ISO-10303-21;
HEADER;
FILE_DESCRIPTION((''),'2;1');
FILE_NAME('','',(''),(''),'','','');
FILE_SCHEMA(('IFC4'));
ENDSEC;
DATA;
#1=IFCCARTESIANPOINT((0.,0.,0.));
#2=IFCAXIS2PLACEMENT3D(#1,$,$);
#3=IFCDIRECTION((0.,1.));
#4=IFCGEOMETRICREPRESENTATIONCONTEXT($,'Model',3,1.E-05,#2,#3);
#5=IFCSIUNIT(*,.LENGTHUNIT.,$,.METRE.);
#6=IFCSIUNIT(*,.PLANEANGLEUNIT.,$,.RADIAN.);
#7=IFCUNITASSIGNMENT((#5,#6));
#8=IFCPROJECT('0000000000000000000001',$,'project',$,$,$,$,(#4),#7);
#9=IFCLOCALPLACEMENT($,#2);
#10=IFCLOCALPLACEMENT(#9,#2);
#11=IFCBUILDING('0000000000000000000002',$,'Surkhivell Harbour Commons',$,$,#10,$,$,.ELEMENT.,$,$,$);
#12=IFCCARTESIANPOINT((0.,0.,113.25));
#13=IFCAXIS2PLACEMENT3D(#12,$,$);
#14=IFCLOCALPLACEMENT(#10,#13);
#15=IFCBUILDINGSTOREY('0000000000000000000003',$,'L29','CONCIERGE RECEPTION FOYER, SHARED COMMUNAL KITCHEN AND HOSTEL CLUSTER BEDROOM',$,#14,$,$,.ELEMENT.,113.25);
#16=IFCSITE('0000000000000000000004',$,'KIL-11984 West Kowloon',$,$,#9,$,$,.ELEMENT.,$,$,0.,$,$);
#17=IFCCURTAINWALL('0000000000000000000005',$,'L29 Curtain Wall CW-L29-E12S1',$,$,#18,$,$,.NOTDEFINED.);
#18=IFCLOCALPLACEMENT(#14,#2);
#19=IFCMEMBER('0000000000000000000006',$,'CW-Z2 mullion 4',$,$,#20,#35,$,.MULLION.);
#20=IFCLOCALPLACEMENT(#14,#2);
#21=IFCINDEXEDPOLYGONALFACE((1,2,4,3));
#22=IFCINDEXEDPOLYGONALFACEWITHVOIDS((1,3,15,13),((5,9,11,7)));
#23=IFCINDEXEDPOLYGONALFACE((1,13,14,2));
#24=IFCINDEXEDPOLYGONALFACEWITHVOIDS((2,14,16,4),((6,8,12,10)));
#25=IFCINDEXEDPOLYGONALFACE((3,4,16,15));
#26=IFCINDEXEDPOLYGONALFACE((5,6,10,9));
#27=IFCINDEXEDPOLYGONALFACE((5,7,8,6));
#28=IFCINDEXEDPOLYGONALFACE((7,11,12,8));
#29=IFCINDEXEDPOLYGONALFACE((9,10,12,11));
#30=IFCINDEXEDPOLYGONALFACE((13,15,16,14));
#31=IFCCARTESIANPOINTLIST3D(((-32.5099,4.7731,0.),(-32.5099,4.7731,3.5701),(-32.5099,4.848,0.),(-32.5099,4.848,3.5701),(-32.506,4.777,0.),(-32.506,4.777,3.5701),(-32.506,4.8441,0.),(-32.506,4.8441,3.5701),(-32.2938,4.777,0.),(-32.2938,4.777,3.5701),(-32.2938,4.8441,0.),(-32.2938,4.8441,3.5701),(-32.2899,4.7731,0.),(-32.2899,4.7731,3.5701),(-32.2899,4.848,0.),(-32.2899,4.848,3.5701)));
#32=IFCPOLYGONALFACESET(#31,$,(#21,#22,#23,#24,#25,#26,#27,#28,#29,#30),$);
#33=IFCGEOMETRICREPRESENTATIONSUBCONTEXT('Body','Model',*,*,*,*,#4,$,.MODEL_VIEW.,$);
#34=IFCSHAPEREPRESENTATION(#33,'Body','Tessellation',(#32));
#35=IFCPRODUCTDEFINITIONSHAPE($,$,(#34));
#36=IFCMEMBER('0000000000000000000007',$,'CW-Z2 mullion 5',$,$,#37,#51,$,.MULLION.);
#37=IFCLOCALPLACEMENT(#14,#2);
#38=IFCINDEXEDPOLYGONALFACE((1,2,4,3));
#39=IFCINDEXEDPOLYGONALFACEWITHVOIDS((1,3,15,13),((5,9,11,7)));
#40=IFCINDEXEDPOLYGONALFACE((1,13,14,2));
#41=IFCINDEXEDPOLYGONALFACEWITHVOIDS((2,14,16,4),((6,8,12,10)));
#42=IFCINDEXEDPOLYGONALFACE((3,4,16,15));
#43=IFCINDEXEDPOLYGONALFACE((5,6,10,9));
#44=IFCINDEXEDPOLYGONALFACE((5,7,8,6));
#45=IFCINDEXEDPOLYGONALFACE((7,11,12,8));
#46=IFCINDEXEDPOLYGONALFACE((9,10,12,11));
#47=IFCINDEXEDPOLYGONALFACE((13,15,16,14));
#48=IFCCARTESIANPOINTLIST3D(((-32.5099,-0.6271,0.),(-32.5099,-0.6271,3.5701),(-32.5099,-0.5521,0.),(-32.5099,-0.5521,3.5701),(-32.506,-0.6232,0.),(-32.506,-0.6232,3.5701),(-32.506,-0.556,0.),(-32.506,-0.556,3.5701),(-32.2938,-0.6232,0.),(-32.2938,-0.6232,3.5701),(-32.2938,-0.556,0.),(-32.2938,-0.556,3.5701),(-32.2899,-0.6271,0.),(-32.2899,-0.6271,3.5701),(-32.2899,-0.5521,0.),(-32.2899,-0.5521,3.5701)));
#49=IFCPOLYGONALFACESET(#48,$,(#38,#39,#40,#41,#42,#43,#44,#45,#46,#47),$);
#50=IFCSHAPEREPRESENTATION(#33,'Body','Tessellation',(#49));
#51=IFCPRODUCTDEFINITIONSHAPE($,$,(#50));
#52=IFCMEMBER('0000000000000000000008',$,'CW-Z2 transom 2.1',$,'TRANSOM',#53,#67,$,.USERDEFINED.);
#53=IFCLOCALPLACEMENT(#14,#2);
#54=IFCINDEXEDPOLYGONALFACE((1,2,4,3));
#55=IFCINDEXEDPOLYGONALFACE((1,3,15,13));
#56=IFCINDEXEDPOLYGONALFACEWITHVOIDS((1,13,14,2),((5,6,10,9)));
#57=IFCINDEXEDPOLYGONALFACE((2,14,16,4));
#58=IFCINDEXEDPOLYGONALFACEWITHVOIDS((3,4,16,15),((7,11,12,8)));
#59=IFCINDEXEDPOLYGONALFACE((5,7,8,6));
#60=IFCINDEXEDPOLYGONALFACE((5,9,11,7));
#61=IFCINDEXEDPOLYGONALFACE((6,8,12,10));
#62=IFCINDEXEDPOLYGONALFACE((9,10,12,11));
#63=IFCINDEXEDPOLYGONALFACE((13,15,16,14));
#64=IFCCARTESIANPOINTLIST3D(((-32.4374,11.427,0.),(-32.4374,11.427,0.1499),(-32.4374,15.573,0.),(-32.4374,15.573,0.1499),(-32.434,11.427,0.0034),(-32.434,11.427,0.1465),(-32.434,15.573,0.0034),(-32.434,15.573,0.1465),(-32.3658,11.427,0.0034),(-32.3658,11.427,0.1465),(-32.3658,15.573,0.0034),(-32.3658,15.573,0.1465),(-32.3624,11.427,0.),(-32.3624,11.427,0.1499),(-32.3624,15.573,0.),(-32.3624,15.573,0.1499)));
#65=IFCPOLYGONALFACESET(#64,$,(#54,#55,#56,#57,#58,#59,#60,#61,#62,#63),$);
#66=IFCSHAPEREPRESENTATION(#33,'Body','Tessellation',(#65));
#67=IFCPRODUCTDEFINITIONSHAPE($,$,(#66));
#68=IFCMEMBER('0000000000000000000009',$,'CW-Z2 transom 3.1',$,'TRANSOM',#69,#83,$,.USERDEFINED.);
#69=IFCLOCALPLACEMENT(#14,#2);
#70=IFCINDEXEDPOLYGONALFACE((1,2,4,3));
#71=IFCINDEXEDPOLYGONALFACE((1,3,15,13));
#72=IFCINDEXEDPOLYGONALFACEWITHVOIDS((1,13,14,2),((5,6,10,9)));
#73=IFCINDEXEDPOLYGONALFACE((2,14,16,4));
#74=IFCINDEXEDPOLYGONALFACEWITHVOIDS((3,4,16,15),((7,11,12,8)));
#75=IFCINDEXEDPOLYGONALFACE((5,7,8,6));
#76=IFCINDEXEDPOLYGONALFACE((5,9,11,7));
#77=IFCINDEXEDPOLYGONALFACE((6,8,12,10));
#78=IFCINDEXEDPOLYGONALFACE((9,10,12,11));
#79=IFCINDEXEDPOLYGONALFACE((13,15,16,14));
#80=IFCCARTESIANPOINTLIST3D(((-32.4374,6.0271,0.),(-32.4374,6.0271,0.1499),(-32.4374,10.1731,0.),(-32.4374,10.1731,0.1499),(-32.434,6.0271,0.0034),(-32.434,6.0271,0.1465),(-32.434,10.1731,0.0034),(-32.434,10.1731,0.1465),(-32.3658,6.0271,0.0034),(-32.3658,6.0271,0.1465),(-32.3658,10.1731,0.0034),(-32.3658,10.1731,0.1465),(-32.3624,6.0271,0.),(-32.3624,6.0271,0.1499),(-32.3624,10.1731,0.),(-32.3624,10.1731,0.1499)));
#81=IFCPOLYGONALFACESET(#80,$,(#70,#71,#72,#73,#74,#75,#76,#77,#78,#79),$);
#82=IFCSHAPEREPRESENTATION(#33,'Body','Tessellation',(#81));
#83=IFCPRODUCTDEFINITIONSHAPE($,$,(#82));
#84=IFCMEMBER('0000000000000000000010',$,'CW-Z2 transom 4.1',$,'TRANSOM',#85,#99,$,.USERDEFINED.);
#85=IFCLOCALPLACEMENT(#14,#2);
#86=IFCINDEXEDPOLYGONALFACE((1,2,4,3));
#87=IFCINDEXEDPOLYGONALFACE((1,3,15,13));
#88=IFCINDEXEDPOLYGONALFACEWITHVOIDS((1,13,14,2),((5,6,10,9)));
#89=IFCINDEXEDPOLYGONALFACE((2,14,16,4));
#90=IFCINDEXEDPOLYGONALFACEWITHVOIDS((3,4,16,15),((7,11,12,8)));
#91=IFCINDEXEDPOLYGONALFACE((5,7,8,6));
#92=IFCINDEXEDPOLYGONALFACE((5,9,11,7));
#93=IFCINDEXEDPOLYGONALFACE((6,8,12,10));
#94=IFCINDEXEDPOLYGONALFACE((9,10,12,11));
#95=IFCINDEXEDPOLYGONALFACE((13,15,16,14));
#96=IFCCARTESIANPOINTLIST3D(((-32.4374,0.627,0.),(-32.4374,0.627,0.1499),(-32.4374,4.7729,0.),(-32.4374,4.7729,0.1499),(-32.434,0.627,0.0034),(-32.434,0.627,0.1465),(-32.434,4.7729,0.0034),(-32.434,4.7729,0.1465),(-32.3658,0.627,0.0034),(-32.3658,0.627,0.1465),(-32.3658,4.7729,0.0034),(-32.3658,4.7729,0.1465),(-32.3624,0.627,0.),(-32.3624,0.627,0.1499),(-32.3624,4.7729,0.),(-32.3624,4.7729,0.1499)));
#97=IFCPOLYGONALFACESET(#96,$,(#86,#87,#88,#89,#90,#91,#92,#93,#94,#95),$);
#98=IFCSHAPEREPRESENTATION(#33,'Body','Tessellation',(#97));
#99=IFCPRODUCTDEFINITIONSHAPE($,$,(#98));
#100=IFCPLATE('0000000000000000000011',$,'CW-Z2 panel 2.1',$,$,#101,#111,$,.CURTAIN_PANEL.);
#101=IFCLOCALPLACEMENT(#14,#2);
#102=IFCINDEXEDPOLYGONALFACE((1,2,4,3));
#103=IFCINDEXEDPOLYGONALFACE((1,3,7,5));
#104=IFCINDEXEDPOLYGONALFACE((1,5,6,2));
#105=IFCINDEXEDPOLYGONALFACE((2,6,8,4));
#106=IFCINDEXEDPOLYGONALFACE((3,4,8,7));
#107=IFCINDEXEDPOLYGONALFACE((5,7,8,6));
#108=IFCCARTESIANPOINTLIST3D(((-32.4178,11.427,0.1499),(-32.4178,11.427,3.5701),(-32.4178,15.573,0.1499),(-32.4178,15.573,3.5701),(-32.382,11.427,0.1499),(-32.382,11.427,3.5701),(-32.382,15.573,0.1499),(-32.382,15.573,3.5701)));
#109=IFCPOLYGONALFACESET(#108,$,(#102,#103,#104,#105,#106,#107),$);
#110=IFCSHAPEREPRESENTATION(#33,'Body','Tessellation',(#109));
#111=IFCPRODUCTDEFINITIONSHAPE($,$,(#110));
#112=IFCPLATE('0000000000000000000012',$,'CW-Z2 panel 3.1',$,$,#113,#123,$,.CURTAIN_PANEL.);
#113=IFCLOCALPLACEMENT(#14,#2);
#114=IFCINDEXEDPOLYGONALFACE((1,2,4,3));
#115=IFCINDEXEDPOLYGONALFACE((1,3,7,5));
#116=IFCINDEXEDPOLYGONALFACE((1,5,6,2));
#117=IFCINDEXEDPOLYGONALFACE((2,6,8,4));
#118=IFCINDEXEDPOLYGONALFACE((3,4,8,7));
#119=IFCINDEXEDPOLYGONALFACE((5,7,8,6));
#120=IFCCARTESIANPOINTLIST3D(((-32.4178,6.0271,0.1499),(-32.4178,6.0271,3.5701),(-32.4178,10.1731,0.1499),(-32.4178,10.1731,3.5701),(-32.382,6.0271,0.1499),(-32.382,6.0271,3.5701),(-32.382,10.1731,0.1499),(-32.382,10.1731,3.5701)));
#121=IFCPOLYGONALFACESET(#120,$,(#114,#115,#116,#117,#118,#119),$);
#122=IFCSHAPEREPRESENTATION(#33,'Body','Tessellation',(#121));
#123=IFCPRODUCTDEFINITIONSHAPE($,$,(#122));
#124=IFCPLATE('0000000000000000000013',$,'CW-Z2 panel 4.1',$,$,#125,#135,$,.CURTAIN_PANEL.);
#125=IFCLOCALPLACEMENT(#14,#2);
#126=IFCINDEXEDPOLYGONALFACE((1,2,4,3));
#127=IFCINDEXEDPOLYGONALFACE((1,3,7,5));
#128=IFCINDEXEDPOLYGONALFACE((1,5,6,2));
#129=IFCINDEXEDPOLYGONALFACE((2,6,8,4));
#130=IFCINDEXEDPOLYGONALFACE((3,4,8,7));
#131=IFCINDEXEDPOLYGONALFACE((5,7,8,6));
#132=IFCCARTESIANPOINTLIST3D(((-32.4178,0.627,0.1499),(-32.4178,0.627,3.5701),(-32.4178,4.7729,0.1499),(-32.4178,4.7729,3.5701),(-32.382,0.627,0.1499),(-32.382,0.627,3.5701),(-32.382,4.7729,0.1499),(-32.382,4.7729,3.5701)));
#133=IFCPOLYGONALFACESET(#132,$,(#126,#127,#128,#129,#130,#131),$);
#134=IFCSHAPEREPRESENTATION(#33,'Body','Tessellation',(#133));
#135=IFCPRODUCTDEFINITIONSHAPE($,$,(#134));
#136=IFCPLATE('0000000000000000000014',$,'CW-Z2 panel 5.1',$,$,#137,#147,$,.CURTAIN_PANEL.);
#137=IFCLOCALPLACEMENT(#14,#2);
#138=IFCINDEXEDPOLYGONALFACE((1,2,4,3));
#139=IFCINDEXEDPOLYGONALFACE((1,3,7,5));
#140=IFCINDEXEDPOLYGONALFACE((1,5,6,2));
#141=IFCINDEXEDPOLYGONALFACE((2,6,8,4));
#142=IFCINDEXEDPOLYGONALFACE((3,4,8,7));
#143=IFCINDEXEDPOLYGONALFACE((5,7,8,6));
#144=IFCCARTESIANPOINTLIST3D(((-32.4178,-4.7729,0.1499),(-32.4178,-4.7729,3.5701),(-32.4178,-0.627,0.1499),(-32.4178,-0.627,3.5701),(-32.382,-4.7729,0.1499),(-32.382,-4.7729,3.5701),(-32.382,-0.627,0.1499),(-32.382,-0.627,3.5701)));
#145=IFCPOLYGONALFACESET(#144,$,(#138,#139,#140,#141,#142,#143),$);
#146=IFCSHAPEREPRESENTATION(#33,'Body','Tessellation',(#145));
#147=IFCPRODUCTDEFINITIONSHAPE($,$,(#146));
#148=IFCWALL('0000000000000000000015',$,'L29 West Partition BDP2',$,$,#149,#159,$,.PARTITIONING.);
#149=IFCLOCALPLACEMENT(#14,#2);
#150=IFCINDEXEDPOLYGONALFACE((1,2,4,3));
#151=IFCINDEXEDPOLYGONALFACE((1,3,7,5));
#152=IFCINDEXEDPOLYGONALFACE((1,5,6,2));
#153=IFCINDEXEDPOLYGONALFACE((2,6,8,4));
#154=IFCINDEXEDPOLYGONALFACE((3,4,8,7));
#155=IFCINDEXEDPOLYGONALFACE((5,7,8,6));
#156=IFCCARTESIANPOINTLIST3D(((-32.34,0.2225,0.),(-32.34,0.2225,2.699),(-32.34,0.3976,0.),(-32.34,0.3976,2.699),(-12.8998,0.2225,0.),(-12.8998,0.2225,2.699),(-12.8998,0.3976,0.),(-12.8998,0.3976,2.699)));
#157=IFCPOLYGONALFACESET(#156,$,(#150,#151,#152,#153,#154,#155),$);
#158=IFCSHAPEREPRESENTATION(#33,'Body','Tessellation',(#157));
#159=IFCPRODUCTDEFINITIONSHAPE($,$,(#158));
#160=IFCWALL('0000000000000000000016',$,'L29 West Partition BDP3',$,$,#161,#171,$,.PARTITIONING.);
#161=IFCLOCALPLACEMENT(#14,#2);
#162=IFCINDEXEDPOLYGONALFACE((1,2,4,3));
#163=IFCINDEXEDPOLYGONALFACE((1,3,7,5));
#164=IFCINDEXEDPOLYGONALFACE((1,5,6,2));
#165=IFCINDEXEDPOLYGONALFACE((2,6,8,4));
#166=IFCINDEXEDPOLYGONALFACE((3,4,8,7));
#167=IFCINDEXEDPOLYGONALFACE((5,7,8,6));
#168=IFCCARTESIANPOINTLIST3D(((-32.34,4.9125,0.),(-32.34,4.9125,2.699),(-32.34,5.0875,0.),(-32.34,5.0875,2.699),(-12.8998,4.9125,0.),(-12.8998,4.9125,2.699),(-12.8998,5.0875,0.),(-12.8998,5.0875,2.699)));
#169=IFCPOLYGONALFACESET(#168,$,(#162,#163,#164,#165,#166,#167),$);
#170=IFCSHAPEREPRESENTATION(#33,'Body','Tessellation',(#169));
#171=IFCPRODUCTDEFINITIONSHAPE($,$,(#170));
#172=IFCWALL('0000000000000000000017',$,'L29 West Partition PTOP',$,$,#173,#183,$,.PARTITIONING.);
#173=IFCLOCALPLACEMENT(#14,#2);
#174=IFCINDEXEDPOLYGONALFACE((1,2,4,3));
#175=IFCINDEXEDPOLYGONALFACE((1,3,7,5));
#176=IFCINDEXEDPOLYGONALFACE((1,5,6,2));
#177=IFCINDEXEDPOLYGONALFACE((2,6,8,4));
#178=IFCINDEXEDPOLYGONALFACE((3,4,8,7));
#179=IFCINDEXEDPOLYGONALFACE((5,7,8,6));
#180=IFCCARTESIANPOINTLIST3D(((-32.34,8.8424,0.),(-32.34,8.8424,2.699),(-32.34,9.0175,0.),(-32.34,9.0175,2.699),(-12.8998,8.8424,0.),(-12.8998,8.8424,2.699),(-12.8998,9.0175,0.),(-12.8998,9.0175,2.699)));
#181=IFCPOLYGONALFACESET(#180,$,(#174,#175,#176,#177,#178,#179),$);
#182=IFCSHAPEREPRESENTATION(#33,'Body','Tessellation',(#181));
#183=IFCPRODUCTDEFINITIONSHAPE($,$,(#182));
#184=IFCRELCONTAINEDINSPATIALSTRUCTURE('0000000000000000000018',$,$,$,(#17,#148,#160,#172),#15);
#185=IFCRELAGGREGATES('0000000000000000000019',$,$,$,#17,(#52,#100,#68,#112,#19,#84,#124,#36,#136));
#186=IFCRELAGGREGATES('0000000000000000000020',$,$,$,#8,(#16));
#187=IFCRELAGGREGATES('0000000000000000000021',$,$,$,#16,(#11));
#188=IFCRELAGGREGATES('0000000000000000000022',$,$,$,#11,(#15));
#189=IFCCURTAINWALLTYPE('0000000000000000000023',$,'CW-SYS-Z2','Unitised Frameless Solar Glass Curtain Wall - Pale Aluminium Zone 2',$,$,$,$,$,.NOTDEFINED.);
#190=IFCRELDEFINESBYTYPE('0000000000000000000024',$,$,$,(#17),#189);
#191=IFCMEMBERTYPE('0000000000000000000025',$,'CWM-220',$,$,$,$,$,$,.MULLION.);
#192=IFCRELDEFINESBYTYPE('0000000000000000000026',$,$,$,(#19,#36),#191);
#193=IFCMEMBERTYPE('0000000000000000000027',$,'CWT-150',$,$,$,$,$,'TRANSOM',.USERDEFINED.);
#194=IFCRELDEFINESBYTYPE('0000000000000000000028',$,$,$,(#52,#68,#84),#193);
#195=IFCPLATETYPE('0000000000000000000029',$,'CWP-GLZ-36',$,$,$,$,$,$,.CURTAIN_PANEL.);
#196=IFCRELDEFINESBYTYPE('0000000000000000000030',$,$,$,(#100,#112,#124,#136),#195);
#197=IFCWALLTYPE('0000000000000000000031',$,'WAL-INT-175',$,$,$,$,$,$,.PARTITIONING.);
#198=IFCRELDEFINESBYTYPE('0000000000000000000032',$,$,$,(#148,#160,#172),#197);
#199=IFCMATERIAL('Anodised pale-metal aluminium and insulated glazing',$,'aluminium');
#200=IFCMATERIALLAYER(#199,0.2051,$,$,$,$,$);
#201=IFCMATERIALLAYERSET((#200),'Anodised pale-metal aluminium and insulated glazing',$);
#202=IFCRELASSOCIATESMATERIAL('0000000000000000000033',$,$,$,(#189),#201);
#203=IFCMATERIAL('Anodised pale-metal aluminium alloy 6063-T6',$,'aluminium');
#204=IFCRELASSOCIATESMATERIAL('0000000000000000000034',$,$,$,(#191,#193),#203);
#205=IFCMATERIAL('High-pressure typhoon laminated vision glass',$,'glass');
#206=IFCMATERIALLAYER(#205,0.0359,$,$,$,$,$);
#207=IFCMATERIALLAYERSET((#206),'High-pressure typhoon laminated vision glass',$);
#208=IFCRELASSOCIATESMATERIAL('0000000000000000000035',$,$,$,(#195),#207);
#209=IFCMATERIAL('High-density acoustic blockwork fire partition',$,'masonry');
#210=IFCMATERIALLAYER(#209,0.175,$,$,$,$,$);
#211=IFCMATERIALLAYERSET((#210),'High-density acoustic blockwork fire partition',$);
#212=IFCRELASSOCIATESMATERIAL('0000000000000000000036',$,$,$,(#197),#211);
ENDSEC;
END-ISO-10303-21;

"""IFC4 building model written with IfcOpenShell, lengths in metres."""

from ifc_helpers import new_model, si_unit, direction, frame, frame_2d, origin, origin_2d, place, context, subcontext, project, spatial, rectangle, hollow_rectangle, extrude, material, layer, layer_set, material_profile, profile_set, type_object, element, aggregate, save


model = new_model("IFC4")

# Units and contexts
model_context = context("Model", 3, precision=1e-05, world=origin(), true_north=direction((0.0, 1.0)))
body_context = subcontext(model_context, "Body", "Model", "MODEL_VIEW")
ifc_project = project(units=[si_unit("LENGTHUNIT", "METRE"), si_unit("PLANEANGLEUNIT", "RADIAN")], contexts=[model_context])

# Site, building, storey
site_placement = place(None, origin())
site = spatial("IfcSite", under=ifc_project, at=site_placement, Name="KIL-11984 West Kowloon", CompositionType="ELEMENT", RefElevation=0.0)
building_placement = place(site_placement, origin())
building = spatial("IfcBuilding", under=site, at=building_placement, Name="Surkhivell Harbour Commons", CompositionType="ELEMENT")
storey_placement = place(building_placement, frame((0.0, 0.0, 113.25)))
storey = spatial("IfcBuildingStorey", under=building, at=storey_placement, Name="L29", Description="CONCIERGE RECEPTION FOYER, SHARED COMMUNAL KITCHEN AND HOSTEL CLUSTER BEDROOM", CompositionType="ELEMENT", Elevation=113.25)

# Curtain wall, members, plates
ifc_material_1 = material(Name="Anodised pale-metal aluminium and insulated glazing", Category="aluminium")
ifc_layer_1 = layer(ifc_material_1, 0.2051)
ifc_layer_set_1 = layer_set([ifc_layer_1], Name="Anodised pale-metal aluminium and insulated glazing")
curtain_wall_type = type_object("IfcCurtainWallType", Name="CW-SYS-Z2", Description="Unitised Frameless Solar Glass Curtain Wall - Pale Aluminium Zone 2", PredefinedType="NOTDEFINED", material=ifc_layer_set_1)
curtain_wall_placement = place(storey_placement, origin())
curtain_wall = element("IfcCurtainWall", 1, at=curtain_wall_placement, inside=storey, type_object=curtain_wall_type, Name="L29 Curtain Wall CW-L29-E12S1", PredefinedType="NOTDEFINED")
ifc_material_2 = material(Name="Anodised pale-metal aluminium alloy 6063-T6", Category="aluminium")
ifc_material_profile_1 = material_profile(ifc_material_2, hollow_rectangle(XDim=0.075, YDim=0.22, WallThickness=0.0039, at=origin_2d()), Name="ALU-MULL-75x220")
ifc_profile_set_1 = profile_set([ifc_material_profile_1], Name="Anodised pale-metal aluminium alloy 6063-T6")
member_type_1 = type_object("IfcMemberType", Name="CWM-220", PredefinedType="MULLION", material=ifc_profile_set_1)
member_1_placement = place(storey_placement, frame((-32.3999, 4.8105, 0.0), z_axis=(0.0, 0.0, 1.0), x_axis=(0.0, -1.0, 0.0)))
member_1 = element("IfcMember", 2, at=member_1_placement, type_object=member_type_1, Name="CW-Z2 mullion 4", PredefinedType="MULLION", context=body_context, shape_type="SweptSolid", body=[
    extrude(hollow_rectangle(XDim=0.075, YDim=0.22, WallThickness=0.0039, at=origin_2d()), origin(), (0.0, 0.0, 1.0), 3.5701),
])
member_2_placement = place(storey_placement, frame((-32.3999, -0.5896, 0.0), z_axis=(0.0, 0.0, 1.0), x_axis=(0.0, -1.0, 0.0)))
member_2 = element("IfcMember", 3, at=member_2_placement, type_object=member_type_1, Name="CW-Z2 mullion 5", PredefinedType="MULLION", context=body_context, shape_type="SweptSolid", body=[
    extrude(hollow_rectangle(XDim=0.075, YDim=0.22, WallThickness=0.0039, at=origin_2d()), origin(), (0.0, 0.0, 1.0), 3.5701),
])
ifc_material_profile_2 = material_profile(ifc_material_2, hollow_rectangle(XDim=0.075, YDim=0.1499, WallThickness=0.0034, at=origin_2d()), Name="ALU-TRAN-75x150")
ifc_profile_set_2 = profile_set([ifc_material_profile_2], Name="Anodised pale-metal aluminium alloy 6063-T6")
member_type_2 = type_object("IfcMemberType", Name="CWT-150", ElementType="TRANSOM", PredefinedType="USERDEFINED", material=ifc_profile_set_2)
member_3_placement = place(storey_placement, frame((-32.3999, 15.573, 0.075), z_axis=(0.0, -1.0, 0.0), x_axis=(1.0, 0.0, 0.0)))
member_3 = element("IfcMember", 4, at=member_3_placement, type_object=member_type_2, Name="CW-Z2 transom 2.1", ObjectType="TRANSOM", PredefinedType="USERDEFINED", context=body_context, shape_type="SweptSolid", body=[
    extrude(hollow_rectangle(XDim=0.075, YDim=0.1499, WallThickness=0.0034, at=origin_2d()), origin(), (0.0, 0.0, 1.0), 4.146),
])
member_4_placement = place(storey_placement, frame((-32.3999, 10.1731, 0.075), z_axis=(0.0, -1.0, 0.0), x_axis=(1.0, 0.0, 0.0)))
member_4 = element("IfcMember", 5, at=member_4_placement, type_object=member_type_2, Name="CW-Z2 transom 3.1", ObjectType="TRANSOM", PredefinedType="USERDEFINED", context=body_context, shape_type="SweptSolid", body=[
    extrude(hollow_rectangle(XDim=0.075, YDim=0.1499, WallThickness=0.0034, at=origin_2d()), origin(), (0.0, 0.0, 1.0), 4.146),
])
member_5_placement = place(storey_placement, frame((-32.3999, 4.7729, 0.075), z_axis=(0.0, -1.0, 0.0), x_axis=(1.0, 0.0, 0.0)))
member_5 = element("IfcMember", 6, at=member_5_placement, type_object=member_type_2, Name="CW-Z2 transom 4.1", ObjectType="TRANSOM", PredefinedType="USERDEFINED", context=body_context, shape_type="SweptSolid", body=[
    extrude(hollow_rectangle(XDim=0.075, YDim=0.1499, WallThickness=0.0034, at=origin_2d()), origin(), (0.0, 0.0, 1.0), 4.146),
])
ifc_material_3 = material(Name="High-pressure typhoon laminated vision glass", Category="glass")
ifc_layer_2 = layer(ifc_material_3, 0.0359)
ifc_layer_set_2 = layer_set([ifc_layer_2], Name="High-pressure typhoon laminated vision glass")
plate_type = type_object("IfcPlateType", Name="CWP-GLZ-36", PredefinedType="CURTAIN_PANEL", material=ifc_layer_set_2)
plate_1_placement = place(storey_placement, frame((-32.3999, 15.573, 0.1499), z_axis=(0.0, 0.0, 1.0), x_axis=(0.0, -1.0, 0.0)))
plate_1 = element("IfcPlate", 7, at=plate_1_placement, type_object=plate_type, Name="CW-Z2 panel 2.1", PredefinedType="CURTAIN_PANEL", context=body_context, shape_type="SweptSolid", body=[
    extrude(rectangle(XDim=4.146, YDim=0.0359, at=frame_2d((2.073, 0.0))), origin(), (0.0, 0.0, 1.0), 3.4202),
])
plate_2_placement = place(storey_placement, frame((-32.3999, 10.1731, 0.1499), z_axis=(0.0, 0.0, 1.0), x_axis=(0.0, -1.0, 0.0)))
plate_2 = element("IfcPlate", 8, at=plate_2_placement, type_object=plate_type, Name="CW-Z2 panel 3.1", PredefinedType="CURTAIN_PANEL", context=body_context, shape_type="SweptSolid", body=[
    extrude(rectangle(XDim=4.146, YDim=0.0359, at=frame_2d((2.073, 0.0))), origin(), (0.0, 0.0, 1.0), 3.4202),
])
plate_3_placement = place(storey_placement, frame((-32.3999, 4.7729, 0.1499), z_axis=(0.0, 0.0, 1.0), x_axis=(0.0, -1.0, 0.0)))
plate_3 = element("IfcPlate", 9, at=plate_3_placement, type_object=plate_type, Name="CW-Z2 panel 4.1", PredefinedType="CURTAIN_PANEL", context=body_context, shape_type="SweptSolid", body=[
    extrude(rectangle(XDim=4.146, YDim=0.0359, at=frame_2d((2.073, 0.0))), origin(), (0.0, 0.0, 1.0), 3.4202),
])
plate_4_placement = place(storey_placement, frame((-32.3999, -0.627, 0.1499), z_axis=(0.0, 0.0, 1.0), x_axis=(0.0, -1.0, 0.0)))
plate_4 = element("IfcPlate", 10, at=plate_4_placement, type_object=plate_type, Name="CW-Z2 panel 5.1", PredefinedType="CURTAIN_PANEL", context=body_context, shape_type="SweptSolid", body=[
    extrude(rectangle(XDim=4.146, YDim=0.0359, at=frame_2d((2.073, 0.0))), origin(), (0.0, 0.0, 1.0), 3.4202),
])
aggregate(curtain_wall, [member_3, plate_1, member_4, plate_2, member_1, member_5, plate_3, member_2, plate_4])

# Walls
ifc_material_4 = material(Name="High-density acoustic blockwork fire partition", Category="masonry")
ifc_layer_3 = layer(ifc_material_4, 0.175)
ifc_layer_set_3 = layer_set([ifc_layer_3], Name="High-density acoustic blockwork fire partition")
wall_type = type_object("IfcWallType", Name="WAL-INT-175", PredefinedType="PARTITIONING", material=ifc_layer_set_3)
for number, where, z_axis, x_axis, name in (
    (11, (-32.3401, 0.3101, 0.0), (0.0, 0.0, 1.0), (1.0, 0.0, 0.0), "L29 West Partition BDP2"),
    (12, (-32.3401, 5.0, 0.0), (0.0, 0.0, 1.0), (1.0, 0.0, 0.0), "L29 West Partition BDP3"),
    (13, (-32.3401, 8.9299, 0.0), (0.0, 0.0, 1.0), (1.0, 0.0, 0.0), "L29 West Partition PTOP"),
):
    element("IfcWall", number, at=place(storey_placement, frame(where, z_axis=z_axis, x_axis=x_axis)), inside=storey, type_object=wall_type, Name=name, PredefinedType="PARTITIONING", context=body_context, shape_type="SweptSolid", body=[
        extrude(rectangle(XDim=19.4402, YDim=0.175, at=frame_2d((9.7202, 0.0))), origin(), (0.0, 0.0, 1.0), 2.699),
    ])

save(model, "model.ifc")
